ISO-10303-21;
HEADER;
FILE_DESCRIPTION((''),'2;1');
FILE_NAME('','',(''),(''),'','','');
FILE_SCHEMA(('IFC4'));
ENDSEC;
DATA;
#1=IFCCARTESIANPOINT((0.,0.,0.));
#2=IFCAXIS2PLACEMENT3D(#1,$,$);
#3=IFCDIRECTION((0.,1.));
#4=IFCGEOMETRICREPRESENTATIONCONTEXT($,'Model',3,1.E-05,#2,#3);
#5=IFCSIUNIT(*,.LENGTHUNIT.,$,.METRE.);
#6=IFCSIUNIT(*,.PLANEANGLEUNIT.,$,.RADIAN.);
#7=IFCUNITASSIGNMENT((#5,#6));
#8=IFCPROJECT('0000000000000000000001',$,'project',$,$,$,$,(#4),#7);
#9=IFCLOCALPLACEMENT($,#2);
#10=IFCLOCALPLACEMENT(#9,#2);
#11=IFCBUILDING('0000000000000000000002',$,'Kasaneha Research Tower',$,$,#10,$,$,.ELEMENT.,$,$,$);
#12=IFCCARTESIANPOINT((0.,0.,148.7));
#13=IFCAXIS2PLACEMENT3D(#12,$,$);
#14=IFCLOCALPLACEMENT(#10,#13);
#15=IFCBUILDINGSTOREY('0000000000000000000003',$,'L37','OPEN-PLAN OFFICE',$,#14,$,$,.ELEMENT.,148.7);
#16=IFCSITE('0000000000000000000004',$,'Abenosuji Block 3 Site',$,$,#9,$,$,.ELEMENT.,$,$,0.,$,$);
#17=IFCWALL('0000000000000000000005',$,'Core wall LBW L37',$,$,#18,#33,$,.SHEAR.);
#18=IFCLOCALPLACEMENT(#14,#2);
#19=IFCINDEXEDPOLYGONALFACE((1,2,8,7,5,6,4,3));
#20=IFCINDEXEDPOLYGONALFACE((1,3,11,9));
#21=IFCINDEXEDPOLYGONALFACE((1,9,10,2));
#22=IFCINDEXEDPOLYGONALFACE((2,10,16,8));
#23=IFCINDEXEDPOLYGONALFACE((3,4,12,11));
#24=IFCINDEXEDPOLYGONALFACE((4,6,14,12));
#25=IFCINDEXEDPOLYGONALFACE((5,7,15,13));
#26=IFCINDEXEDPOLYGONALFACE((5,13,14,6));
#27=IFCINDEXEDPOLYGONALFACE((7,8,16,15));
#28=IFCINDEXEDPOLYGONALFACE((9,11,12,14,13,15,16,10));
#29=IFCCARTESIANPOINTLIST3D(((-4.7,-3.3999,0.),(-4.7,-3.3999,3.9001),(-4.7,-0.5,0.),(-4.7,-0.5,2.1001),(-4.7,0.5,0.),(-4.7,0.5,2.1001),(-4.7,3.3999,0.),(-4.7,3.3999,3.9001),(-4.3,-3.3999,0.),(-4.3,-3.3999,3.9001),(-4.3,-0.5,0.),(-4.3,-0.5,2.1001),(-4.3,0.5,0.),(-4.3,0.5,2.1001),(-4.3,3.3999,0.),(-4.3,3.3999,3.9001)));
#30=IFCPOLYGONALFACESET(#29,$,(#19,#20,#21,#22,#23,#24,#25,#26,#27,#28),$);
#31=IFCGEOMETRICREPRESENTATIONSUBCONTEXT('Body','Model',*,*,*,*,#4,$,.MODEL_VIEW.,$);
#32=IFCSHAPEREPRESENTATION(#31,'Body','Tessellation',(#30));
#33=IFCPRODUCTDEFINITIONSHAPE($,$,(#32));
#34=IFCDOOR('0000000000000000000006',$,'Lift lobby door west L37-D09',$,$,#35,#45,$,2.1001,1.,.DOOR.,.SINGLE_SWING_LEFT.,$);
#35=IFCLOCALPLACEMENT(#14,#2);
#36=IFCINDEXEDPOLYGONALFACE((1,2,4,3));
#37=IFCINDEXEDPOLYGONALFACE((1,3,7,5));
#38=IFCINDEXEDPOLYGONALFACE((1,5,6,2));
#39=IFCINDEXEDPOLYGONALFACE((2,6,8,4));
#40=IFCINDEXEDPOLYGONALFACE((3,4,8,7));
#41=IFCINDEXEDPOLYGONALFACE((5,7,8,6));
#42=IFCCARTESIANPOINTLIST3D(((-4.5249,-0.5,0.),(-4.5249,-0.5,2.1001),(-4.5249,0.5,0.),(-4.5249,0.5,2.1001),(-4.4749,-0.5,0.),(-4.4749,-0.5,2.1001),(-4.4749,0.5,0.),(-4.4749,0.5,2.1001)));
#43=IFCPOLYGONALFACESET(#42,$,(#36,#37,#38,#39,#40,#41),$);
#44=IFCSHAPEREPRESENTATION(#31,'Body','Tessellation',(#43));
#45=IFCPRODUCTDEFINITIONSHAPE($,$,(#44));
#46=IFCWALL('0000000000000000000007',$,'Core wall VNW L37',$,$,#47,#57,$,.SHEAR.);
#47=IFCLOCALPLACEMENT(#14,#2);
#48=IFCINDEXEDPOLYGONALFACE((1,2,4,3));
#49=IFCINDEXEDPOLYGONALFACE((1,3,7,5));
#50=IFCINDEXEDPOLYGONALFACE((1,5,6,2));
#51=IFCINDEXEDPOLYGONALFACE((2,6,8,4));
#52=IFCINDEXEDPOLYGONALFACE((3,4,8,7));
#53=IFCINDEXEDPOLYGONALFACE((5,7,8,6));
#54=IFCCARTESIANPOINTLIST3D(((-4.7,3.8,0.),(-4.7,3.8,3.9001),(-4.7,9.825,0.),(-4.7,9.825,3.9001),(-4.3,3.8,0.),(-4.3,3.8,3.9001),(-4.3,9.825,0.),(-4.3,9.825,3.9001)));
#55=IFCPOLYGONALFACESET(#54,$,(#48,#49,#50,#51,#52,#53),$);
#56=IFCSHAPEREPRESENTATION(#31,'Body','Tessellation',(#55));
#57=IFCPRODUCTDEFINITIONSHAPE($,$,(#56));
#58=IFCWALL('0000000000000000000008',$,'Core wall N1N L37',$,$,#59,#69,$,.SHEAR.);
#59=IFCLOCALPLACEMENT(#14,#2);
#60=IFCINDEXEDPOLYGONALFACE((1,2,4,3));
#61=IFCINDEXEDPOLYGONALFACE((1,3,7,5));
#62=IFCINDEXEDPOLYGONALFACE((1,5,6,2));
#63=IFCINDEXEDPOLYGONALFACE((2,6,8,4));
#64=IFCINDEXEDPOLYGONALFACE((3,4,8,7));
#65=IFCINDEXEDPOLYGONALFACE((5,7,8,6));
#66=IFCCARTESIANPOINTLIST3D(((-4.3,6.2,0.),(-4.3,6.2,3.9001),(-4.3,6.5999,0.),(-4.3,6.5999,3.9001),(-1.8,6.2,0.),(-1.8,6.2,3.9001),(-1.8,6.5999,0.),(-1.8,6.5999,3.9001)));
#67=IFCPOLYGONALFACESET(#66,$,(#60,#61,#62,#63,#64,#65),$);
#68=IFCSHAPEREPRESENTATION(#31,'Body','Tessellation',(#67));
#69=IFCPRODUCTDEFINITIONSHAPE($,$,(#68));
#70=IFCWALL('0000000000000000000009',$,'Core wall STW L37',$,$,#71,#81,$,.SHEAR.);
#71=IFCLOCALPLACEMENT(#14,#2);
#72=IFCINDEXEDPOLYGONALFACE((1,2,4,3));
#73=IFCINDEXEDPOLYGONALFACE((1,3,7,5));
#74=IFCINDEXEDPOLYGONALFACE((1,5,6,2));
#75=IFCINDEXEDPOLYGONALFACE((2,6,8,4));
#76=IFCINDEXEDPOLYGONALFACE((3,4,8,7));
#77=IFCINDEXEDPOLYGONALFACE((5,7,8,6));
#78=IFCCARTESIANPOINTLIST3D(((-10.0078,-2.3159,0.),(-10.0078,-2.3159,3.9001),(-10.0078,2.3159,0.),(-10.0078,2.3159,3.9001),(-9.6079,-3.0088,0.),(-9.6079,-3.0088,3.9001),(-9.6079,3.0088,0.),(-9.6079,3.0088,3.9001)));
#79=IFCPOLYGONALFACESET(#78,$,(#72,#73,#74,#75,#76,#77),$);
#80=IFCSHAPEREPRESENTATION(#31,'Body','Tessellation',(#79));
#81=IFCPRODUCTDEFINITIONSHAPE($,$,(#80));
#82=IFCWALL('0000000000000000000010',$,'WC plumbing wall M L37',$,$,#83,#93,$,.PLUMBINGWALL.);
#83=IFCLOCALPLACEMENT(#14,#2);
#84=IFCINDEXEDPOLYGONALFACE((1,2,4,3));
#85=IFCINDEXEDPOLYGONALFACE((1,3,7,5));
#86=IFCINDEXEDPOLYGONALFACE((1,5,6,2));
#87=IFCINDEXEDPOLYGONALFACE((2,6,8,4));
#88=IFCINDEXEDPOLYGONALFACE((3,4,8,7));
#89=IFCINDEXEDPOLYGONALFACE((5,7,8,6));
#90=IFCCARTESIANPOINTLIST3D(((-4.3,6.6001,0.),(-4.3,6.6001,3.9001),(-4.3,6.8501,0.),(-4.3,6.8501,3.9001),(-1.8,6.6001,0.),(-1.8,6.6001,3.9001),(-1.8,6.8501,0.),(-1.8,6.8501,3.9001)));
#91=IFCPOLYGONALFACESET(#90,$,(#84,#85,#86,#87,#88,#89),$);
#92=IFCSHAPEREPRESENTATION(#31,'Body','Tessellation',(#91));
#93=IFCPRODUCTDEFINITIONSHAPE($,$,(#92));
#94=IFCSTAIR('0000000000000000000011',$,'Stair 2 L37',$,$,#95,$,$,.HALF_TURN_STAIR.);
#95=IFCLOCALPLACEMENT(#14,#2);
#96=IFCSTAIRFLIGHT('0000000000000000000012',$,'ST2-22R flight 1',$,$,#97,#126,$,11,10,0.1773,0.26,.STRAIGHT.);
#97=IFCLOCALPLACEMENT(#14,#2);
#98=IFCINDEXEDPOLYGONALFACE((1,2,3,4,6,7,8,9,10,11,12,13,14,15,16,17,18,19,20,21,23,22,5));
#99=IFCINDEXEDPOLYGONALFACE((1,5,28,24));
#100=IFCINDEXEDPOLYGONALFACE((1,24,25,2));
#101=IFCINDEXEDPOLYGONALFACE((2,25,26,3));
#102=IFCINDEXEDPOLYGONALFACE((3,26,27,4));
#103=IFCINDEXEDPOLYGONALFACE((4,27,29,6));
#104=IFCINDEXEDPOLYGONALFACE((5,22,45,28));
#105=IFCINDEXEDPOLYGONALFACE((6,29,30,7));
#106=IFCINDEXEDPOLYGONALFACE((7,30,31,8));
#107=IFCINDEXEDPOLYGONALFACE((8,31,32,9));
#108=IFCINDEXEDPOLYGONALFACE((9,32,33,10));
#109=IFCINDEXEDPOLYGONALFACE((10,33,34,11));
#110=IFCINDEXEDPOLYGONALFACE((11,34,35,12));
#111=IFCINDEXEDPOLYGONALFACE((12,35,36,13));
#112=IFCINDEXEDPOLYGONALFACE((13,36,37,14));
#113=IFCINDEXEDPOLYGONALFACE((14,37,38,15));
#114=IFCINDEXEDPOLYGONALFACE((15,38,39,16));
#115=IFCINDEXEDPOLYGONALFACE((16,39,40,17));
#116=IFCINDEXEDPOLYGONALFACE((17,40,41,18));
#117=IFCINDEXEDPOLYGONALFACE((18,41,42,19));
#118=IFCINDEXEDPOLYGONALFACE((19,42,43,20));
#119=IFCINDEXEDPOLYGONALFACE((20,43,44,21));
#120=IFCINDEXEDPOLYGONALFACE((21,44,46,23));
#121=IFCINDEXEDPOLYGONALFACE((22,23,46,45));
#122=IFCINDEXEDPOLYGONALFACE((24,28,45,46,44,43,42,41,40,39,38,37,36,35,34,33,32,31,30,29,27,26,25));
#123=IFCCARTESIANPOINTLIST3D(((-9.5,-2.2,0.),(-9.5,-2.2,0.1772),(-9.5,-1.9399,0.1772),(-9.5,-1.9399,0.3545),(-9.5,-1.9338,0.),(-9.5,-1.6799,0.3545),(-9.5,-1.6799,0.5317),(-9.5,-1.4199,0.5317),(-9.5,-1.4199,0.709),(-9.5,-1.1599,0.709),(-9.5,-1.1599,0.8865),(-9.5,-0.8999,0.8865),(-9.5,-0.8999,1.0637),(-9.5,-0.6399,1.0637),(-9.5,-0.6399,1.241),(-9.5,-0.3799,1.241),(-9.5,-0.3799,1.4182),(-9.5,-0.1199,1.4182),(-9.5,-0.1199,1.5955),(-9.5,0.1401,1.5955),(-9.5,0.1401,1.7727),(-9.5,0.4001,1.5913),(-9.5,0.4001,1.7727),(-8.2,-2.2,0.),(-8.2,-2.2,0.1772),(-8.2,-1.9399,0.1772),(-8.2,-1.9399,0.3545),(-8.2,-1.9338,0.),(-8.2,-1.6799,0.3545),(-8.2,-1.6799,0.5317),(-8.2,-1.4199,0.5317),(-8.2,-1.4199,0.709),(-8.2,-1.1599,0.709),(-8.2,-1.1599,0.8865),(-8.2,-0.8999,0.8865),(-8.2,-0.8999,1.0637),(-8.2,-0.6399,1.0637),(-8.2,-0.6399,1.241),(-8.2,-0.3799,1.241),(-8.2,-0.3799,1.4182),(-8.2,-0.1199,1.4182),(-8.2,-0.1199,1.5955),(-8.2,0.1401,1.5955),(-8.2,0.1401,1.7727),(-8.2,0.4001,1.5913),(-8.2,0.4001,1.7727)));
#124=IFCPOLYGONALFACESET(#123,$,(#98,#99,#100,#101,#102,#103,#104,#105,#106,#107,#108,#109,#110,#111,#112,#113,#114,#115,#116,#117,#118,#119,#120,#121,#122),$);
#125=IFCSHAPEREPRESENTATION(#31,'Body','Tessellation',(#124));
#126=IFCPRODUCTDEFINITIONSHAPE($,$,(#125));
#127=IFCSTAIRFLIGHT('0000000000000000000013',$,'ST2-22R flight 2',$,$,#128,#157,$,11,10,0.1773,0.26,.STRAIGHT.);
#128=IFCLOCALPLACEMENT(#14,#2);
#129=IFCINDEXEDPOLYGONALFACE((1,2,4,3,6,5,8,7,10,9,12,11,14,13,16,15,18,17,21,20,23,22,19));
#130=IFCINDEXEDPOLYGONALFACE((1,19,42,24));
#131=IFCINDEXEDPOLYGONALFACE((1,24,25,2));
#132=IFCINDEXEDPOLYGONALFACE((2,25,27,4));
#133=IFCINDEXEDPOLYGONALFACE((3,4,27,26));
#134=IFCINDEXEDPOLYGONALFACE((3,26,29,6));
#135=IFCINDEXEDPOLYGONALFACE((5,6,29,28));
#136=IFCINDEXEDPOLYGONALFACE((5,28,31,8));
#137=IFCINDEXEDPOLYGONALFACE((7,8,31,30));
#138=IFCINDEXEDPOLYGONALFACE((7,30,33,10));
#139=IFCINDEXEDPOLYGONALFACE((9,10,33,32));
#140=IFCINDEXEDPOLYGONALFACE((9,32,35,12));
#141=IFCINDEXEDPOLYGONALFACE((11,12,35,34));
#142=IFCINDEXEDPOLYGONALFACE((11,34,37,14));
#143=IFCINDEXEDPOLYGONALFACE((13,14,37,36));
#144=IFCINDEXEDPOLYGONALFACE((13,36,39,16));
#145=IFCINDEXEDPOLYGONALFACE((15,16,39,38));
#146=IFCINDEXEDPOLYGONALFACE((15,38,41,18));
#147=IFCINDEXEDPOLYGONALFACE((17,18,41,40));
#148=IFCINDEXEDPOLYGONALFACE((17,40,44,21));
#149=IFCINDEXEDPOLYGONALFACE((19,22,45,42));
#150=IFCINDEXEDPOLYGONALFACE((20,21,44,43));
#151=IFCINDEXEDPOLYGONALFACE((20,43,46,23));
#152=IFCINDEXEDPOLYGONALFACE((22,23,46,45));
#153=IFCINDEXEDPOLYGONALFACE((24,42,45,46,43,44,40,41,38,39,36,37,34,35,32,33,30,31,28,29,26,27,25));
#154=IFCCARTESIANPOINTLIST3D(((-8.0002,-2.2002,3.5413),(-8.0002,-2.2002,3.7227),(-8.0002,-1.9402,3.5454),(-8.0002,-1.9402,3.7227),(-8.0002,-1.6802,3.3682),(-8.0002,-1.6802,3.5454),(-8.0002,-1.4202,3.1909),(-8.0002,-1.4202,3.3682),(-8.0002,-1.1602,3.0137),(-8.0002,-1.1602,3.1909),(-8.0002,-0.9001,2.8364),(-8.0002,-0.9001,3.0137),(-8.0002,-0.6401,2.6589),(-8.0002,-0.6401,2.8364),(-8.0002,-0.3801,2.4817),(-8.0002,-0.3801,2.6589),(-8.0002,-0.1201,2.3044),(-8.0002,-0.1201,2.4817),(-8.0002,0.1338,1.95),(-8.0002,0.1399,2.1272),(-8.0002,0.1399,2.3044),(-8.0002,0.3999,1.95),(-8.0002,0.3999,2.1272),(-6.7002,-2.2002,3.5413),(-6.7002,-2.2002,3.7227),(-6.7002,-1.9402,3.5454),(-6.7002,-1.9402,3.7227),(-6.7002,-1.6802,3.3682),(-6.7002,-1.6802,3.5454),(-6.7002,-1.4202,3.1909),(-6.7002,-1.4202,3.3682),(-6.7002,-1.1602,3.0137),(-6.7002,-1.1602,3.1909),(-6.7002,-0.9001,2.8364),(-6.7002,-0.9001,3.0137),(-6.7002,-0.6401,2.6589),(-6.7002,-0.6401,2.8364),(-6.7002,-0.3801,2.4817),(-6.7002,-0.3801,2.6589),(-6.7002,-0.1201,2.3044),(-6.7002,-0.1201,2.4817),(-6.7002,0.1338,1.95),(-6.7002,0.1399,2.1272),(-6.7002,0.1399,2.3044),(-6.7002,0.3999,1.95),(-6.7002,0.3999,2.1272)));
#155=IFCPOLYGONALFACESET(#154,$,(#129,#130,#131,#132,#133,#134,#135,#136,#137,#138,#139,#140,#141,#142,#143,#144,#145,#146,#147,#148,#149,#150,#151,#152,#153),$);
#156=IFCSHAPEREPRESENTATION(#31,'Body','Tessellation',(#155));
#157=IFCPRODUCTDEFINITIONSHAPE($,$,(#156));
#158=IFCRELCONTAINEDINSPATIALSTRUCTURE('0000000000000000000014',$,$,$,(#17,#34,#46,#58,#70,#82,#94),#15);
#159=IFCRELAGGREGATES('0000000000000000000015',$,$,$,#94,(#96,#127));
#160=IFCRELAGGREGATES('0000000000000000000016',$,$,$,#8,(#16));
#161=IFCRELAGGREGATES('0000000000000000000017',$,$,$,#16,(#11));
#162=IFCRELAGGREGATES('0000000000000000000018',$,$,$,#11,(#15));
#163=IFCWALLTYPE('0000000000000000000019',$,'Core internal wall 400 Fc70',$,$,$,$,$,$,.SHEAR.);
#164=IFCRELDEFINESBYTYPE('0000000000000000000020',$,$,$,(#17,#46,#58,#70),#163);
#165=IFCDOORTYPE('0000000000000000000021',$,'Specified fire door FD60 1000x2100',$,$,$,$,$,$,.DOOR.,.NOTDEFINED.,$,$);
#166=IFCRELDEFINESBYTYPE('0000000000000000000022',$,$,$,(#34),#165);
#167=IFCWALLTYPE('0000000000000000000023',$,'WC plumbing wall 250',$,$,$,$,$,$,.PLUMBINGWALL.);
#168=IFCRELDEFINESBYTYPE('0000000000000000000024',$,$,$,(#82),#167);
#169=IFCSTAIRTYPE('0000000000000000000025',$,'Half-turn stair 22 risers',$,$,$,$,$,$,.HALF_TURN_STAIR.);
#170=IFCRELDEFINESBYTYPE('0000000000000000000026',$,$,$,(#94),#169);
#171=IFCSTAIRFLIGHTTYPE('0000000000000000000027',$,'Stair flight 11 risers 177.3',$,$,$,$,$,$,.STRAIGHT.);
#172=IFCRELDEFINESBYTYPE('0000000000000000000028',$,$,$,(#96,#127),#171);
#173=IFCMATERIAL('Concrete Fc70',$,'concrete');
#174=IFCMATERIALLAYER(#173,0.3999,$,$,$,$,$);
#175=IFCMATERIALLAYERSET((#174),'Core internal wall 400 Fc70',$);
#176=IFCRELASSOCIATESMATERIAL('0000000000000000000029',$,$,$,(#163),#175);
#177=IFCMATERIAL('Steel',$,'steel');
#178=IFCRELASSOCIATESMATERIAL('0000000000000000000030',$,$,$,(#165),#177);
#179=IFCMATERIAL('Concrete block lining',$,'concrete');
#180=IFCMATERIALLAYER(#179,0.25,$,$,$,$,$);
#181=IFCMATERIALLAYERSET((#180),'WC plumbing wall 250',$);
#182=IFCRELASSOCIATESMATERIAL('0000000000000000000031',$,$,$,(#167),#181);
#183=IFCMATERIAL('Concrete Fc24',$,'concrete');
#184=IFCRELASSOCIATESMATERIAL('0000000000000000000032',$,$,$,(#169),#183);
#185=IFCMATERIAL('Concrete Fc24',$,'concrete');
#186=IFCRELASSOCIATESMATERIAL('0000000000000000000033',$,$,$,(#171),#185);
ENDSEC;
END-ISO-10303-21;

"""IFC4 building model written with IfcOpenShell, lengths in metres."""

from ifc_helpers import new_model, si_unit, direction, frame, frame_2d, origin, place, context, subcontext, project, spatial, polyline, rectangle, outline, extrude, material, layer, layer_set, type_object, element, fill, aggregate, save


model = new_model("IFC4")

# Units and contexts
model_context = context("Model", 3, precision=1e-05, world=origin(), true_north=direction((0.0, 1.0)))
body_context = subcontext(model_context, "Body", "Model", "MODEL_VIEW")
ifc_project = project(units=[si_unit("LENGTHUNIT", "METRE"), si_unit("PLANEANGLEUNIT", "RADIAN")], contexts=[model_context])

# Site, building, storey
site_placement = place(None, origin())
site = spatial("IfcSite", under=ifc_project, at=site_placement, Name="Abenosuji Block 3 Site", CompositionType="ELEMENT", RefElevation=0.0)
building_placement = place(site_placement, origin())
building = spatial("IfcBuilding", under=site, at=building_placement, Name="Kasaneha Research Tower", CompositionType="ELEMENT")
storey_placement = place(building_placement, frame((0.0, 0.0, 148.7)))
storey = spatial("IfcBuildingStorey", under=building, at=storey_placement, Name="L37", Description="OPEN-PLAN OFFICE", CompositionType="ELEMENT", Elevation=148.7)

# Shared definitions
ifc_material_1 = material(Name="Concrete Fc70", Category="concrete")
ifc_layer_1 = layer(ifc_material_1, 0.3999)
ifc_layer_set_1 = layer_set([ifc_layer_1], Name="Core internal wall 400 Fc70")
wall_type_1 = type_object("IfcWallType", Name="Core internal wall 400 Fc70", PredefinedType="SHEAR", material=ifc_layer_set_1)
ifc_material_2 = material(Name="Steel", Category="steel")
door_type_1 = type_object("IfcDoorType", Name="Specified fire door FD60 1000x2100", OperationType="NOTDEFINED", PredefinedType="DOOR", material=ifc_material_2)

# Wall, opening, door
wall_1_placement = place(storey_placement, frame((-4.5, -3.3999, 0.0), z_axis=(0.0, 0.0, 1.0), x_axis=(0.0, 1.0, 0.0)))
wall_1 = element("IfcWall", 1, at=wall_1_placement, inside=storey, type_object=wall_type_1, Name="Core wall LBW L37", PredefinedType="SHEAR", context=body_context, shape_type="SweptSolid", body=[
    extrude(rectangle(XDim=6.7998, YDim=0.3999, at=frame_2d((3.3999, 0.0))), origin(), (0.0, 0.0, 1.0), 3.9001),
])
opening_1_placement = place(wall_1_placement, frame((2.8999, 0.0, 0.0)))
opening_1 = element("IfcOpeningElement", 2, at=opening_1_placement, cuts=wall_1, PredefinedType="OPENING", context=body_context, shape_type="SweptSolid", body=[
    extrude(rectangle(XDim=1.0, YDim=2.1001, at=frame_2d((0.5, 1.05))), frame((0.0, 0.21, 0.0), z_axis=(0.0, -1.0, 0.0), x_axis=(1.0, 0.0, 0.0)), (0.0, 0.0, 1.0), 0.4199),
])
door_1_placement = place(opening_1_placement, origin())
door_1 = element("IfcDoor", 3, at=door_1_placement, inside=storey, type_object=door_type_1, Name="Lift lobby door west L37-D09", OperationType="SINGLE_SWING_LEFT", OverallHeight=2.1001, OverallWidth=1.0, PredefinedType="DOOR", context=body_context, shape_type="SweptSolid", body=[
    extrude(rectangle(XDim=1.0, YDim=2.1001, at=frame_2d((0.5, 1.05))), frame((0.0, 0.0249, 0.0), z_axis=(0.0, -1.0, 0.0), x_axis=(1.0, 0.0, 0.0)), (0.0, 0.0, 1.0), 0.05),
])
fill(opening_1, door_1)

# Walls
wall_2_placement = place(storey_placement, frame((-4.5, 3.8, 0.0), z_axis=(0.0, 0.0, 1.0), x_axis=(0.0, 1.0, 0.0)))
element("IfcWall", 4, at=wall_2_placement, inside=storey, type_object=wall_type_1, Name="Core wall VNW L37", PredefinedType="SHEAR", context=body_context, shape_type="SweptSolid", body=[
    extrude(rectangle(XDim=6.0249, YDim=0.3999, at=frame_2d((3.0125, 0.0))), origin(), (0.0, 0.0, 1.0), 3.9001),
])
wall_3_placement = place(storey_placement, frame((-4.3, 6.3999, 0.0), z_axis=(0.0, 0.0, 1.0), x_axis=(1.0, 0.0, 0.0)))
element("IfcWall", 5, at=wall_3_placement, inside=storey, type_object=wall_type_1, Name="Core wall N1N L37", PredefinedType="SHEAR", context=body_context, shape_type="SweptSolid", body=[
    extrude(rectangle(XDim=2.5, YDim=0.3999, at=frame_2d((1.25, 0.0))), origin(), (0.0, 0.0, 1.0), 3.9001),
])
wall_4_placement = place(storey_placement, frame((-9.8079, -2.6624, 0.0), z_axis=(0.0, 0.0, 1.0), x_axis=(0.0, 1.0, 0.0)))
element("IfcWall", 6, at=wall_4_placement, inside=storey, type_object=wall_type_1, Name="Core wall STW L37", PredefinedType="SHEAR", context=body_context, shape_type="SweptSolid", body=[
    extrude(outline(polyline([(-0.3464, -0.2), (5.6711, -0.2), (4.9783, 0.2), (0.3464, 0.2), (-0.3464, -0.2)])), origin(), (0.0, 0.0, 1.0), 3.9001),
])
ifc_material_3 = material(Name="Concrete block lining", Category="concrete")
ifc_layer_2 = layer(ifc_material_3, 0.25)
ifc_layer_set_2 = layer_set([ifc_layer_2], Name="WC plumbing wall 250")
wall_type_2 = type_object("IfcWallType", Name="WC plumbing wall 250", PredefinedType="PLUMBINGWALL", material=ifc_layer_set_2)
wall_5_placement = place(storey_placement, frame((-4.3, 6.7251, 0.0), z_axis=(0.0, 0.0, 1.0), x_axis=(1.0, 0.0, 0.0)))
element("IfcWall", 7, at=wall_5_placement, inside=storey, type_object=wall_type_2, Name="WC plumbing wall M L37", PredefinedType="PLUMBINGWALL", context=body_context, shape_type="SweptSolid", body=[
    extrude(rectangle(XDim=2.5, YDim=0.25, at=frame_2d((1.25, 0.0))), origin(), (0.0, 0.0, 1.0), 3.9001),
])

# Stair, stair flights
ifc_material_4 = material(Name="Concrete Fc24", Category="concrete")
stair_type = type_object("IfcStairType", Name="Half-turn stair 22 risers", PredefinedType="HALF_TURN_STAIR", material=ifc_material_4)
stair_placement = place(storey_placement, origin())
stair = element("IfcStair", 8, at=stair_placement, inside=storey, type_object=stair_type, Name="Stair 2 L37", PredefinedType="HALF_TURN_STAIR")
ifc_material_5 = material(Name="Concrete Fc24", Category="concrete")
stair_flight_type = type_object("IfcStairFlightType", Name="Stair flight 11 risers 177.3", PredefinedType="STRAIGHT", material=ifc_material_5)
stair_flight_1_placement = place(storey_placement, frame((-8.8501, -2.2, 0.0), z_axis=(0.0, 0.0, 1.0), x_axis=(0.0, 1.0, 0.0)))
stair_flight_1 = element("IfcStairFlight", 9, at=stair_flight_1_placement, type_object=stair_flight_type, Name="ST2-22R flight 1", NumberOfRisers=11, NumberOfTreads=10, PredefinedType="STRAIGHT", RiserHeight=0.1773, TreadLength=0.26, context=body_context, shape_type="SweptSolid", body=[
    extrude(outline(polyline([(0.0, 0.0), (0.0, 0.1772), (0.26, 0.1772), (0.26, 0.3545), (0.52, 0.3545), (0.52, 0.5317), (0.78, 0.5317), (0.78, 0.709), (1.04, 0.709), (1.04, 0.8865), (1.3, 0.8865), (1.3, 1.0637), (1.5601, 1.0637), (1.5601, 1.241), (1.8201, 1.241), (1.8201, 1.4182), (2.0801, 1.4182), (2.0801, 1.5955), (2.3401, 1.5955), (2.3401, 1.7727), (2.6001, 1.7727), (2.6001, 1.95), (2.6001, 1.5913), (0.2661, 0.0), (0.0, 0.0)])), frame((0.0, 0.6499, 0.0), z_axis=(0.0, -1.0, 0.0), x_axis=(1.0, 0.0, 0.0)), (0.0, 0.0, 1.0), 1.3),
])
stair_flight_2_placement = place(storey_placement, frame((-7.3501, 0.3999, 1.95), z_axis=(0.0, 0.0, 1.0), x_axis=(0.0, -1.0, 0.0)))
stair_flight_2 = element("IfcStairFlight", 10, at=stair_flight_2_placement, type_object=stair_flight_type, Name="ST2-22R flight 2", NumberOfRisers=11, NumberOfTreads=10, PredefinedType="STRAIGHT", RiserHeight=0.1773, TreadLength=0.26, context=body_context, shape_type="SweptSolid", body=[
    extrude(outline(polyline([(0.0, 0.0), (0.0, 0.1772), (0.26, 0.1772), (0.26, 0.3545), (0.52, 0.3545), (0.52, 0.5317), (0.78, 0.5317), (0.78, 0.709), (1.04, 0.709), (1.04, 0.8865), (1.3, 0.8865), (1.3, 1.0637), (1.5601, 1.0637), (1.5601, 1.241), (1.8201, 1.241), (1.8201, 1.4182), (2.0801, 1.4182), (2.0801, 1.5955), (2.3401, 1.5955), (2.3401, 1.7727), (2.6001, 1.7727), (2.6001, 1.95), (2.6001, 1.5913), (0.2661, 0.0), (0.0, 0.0)])), frame((0.0, 0.6499, 0.0), z_axis=(0.0, -1.0, 0.0), x_axis=(1.0, 0.0, 0.0)), (0.0, 0.0, 1.0), 1.3),
])
aggregate(stair, [stair_flight_1, stair_flight_2])

save(model, "model.ifc")
